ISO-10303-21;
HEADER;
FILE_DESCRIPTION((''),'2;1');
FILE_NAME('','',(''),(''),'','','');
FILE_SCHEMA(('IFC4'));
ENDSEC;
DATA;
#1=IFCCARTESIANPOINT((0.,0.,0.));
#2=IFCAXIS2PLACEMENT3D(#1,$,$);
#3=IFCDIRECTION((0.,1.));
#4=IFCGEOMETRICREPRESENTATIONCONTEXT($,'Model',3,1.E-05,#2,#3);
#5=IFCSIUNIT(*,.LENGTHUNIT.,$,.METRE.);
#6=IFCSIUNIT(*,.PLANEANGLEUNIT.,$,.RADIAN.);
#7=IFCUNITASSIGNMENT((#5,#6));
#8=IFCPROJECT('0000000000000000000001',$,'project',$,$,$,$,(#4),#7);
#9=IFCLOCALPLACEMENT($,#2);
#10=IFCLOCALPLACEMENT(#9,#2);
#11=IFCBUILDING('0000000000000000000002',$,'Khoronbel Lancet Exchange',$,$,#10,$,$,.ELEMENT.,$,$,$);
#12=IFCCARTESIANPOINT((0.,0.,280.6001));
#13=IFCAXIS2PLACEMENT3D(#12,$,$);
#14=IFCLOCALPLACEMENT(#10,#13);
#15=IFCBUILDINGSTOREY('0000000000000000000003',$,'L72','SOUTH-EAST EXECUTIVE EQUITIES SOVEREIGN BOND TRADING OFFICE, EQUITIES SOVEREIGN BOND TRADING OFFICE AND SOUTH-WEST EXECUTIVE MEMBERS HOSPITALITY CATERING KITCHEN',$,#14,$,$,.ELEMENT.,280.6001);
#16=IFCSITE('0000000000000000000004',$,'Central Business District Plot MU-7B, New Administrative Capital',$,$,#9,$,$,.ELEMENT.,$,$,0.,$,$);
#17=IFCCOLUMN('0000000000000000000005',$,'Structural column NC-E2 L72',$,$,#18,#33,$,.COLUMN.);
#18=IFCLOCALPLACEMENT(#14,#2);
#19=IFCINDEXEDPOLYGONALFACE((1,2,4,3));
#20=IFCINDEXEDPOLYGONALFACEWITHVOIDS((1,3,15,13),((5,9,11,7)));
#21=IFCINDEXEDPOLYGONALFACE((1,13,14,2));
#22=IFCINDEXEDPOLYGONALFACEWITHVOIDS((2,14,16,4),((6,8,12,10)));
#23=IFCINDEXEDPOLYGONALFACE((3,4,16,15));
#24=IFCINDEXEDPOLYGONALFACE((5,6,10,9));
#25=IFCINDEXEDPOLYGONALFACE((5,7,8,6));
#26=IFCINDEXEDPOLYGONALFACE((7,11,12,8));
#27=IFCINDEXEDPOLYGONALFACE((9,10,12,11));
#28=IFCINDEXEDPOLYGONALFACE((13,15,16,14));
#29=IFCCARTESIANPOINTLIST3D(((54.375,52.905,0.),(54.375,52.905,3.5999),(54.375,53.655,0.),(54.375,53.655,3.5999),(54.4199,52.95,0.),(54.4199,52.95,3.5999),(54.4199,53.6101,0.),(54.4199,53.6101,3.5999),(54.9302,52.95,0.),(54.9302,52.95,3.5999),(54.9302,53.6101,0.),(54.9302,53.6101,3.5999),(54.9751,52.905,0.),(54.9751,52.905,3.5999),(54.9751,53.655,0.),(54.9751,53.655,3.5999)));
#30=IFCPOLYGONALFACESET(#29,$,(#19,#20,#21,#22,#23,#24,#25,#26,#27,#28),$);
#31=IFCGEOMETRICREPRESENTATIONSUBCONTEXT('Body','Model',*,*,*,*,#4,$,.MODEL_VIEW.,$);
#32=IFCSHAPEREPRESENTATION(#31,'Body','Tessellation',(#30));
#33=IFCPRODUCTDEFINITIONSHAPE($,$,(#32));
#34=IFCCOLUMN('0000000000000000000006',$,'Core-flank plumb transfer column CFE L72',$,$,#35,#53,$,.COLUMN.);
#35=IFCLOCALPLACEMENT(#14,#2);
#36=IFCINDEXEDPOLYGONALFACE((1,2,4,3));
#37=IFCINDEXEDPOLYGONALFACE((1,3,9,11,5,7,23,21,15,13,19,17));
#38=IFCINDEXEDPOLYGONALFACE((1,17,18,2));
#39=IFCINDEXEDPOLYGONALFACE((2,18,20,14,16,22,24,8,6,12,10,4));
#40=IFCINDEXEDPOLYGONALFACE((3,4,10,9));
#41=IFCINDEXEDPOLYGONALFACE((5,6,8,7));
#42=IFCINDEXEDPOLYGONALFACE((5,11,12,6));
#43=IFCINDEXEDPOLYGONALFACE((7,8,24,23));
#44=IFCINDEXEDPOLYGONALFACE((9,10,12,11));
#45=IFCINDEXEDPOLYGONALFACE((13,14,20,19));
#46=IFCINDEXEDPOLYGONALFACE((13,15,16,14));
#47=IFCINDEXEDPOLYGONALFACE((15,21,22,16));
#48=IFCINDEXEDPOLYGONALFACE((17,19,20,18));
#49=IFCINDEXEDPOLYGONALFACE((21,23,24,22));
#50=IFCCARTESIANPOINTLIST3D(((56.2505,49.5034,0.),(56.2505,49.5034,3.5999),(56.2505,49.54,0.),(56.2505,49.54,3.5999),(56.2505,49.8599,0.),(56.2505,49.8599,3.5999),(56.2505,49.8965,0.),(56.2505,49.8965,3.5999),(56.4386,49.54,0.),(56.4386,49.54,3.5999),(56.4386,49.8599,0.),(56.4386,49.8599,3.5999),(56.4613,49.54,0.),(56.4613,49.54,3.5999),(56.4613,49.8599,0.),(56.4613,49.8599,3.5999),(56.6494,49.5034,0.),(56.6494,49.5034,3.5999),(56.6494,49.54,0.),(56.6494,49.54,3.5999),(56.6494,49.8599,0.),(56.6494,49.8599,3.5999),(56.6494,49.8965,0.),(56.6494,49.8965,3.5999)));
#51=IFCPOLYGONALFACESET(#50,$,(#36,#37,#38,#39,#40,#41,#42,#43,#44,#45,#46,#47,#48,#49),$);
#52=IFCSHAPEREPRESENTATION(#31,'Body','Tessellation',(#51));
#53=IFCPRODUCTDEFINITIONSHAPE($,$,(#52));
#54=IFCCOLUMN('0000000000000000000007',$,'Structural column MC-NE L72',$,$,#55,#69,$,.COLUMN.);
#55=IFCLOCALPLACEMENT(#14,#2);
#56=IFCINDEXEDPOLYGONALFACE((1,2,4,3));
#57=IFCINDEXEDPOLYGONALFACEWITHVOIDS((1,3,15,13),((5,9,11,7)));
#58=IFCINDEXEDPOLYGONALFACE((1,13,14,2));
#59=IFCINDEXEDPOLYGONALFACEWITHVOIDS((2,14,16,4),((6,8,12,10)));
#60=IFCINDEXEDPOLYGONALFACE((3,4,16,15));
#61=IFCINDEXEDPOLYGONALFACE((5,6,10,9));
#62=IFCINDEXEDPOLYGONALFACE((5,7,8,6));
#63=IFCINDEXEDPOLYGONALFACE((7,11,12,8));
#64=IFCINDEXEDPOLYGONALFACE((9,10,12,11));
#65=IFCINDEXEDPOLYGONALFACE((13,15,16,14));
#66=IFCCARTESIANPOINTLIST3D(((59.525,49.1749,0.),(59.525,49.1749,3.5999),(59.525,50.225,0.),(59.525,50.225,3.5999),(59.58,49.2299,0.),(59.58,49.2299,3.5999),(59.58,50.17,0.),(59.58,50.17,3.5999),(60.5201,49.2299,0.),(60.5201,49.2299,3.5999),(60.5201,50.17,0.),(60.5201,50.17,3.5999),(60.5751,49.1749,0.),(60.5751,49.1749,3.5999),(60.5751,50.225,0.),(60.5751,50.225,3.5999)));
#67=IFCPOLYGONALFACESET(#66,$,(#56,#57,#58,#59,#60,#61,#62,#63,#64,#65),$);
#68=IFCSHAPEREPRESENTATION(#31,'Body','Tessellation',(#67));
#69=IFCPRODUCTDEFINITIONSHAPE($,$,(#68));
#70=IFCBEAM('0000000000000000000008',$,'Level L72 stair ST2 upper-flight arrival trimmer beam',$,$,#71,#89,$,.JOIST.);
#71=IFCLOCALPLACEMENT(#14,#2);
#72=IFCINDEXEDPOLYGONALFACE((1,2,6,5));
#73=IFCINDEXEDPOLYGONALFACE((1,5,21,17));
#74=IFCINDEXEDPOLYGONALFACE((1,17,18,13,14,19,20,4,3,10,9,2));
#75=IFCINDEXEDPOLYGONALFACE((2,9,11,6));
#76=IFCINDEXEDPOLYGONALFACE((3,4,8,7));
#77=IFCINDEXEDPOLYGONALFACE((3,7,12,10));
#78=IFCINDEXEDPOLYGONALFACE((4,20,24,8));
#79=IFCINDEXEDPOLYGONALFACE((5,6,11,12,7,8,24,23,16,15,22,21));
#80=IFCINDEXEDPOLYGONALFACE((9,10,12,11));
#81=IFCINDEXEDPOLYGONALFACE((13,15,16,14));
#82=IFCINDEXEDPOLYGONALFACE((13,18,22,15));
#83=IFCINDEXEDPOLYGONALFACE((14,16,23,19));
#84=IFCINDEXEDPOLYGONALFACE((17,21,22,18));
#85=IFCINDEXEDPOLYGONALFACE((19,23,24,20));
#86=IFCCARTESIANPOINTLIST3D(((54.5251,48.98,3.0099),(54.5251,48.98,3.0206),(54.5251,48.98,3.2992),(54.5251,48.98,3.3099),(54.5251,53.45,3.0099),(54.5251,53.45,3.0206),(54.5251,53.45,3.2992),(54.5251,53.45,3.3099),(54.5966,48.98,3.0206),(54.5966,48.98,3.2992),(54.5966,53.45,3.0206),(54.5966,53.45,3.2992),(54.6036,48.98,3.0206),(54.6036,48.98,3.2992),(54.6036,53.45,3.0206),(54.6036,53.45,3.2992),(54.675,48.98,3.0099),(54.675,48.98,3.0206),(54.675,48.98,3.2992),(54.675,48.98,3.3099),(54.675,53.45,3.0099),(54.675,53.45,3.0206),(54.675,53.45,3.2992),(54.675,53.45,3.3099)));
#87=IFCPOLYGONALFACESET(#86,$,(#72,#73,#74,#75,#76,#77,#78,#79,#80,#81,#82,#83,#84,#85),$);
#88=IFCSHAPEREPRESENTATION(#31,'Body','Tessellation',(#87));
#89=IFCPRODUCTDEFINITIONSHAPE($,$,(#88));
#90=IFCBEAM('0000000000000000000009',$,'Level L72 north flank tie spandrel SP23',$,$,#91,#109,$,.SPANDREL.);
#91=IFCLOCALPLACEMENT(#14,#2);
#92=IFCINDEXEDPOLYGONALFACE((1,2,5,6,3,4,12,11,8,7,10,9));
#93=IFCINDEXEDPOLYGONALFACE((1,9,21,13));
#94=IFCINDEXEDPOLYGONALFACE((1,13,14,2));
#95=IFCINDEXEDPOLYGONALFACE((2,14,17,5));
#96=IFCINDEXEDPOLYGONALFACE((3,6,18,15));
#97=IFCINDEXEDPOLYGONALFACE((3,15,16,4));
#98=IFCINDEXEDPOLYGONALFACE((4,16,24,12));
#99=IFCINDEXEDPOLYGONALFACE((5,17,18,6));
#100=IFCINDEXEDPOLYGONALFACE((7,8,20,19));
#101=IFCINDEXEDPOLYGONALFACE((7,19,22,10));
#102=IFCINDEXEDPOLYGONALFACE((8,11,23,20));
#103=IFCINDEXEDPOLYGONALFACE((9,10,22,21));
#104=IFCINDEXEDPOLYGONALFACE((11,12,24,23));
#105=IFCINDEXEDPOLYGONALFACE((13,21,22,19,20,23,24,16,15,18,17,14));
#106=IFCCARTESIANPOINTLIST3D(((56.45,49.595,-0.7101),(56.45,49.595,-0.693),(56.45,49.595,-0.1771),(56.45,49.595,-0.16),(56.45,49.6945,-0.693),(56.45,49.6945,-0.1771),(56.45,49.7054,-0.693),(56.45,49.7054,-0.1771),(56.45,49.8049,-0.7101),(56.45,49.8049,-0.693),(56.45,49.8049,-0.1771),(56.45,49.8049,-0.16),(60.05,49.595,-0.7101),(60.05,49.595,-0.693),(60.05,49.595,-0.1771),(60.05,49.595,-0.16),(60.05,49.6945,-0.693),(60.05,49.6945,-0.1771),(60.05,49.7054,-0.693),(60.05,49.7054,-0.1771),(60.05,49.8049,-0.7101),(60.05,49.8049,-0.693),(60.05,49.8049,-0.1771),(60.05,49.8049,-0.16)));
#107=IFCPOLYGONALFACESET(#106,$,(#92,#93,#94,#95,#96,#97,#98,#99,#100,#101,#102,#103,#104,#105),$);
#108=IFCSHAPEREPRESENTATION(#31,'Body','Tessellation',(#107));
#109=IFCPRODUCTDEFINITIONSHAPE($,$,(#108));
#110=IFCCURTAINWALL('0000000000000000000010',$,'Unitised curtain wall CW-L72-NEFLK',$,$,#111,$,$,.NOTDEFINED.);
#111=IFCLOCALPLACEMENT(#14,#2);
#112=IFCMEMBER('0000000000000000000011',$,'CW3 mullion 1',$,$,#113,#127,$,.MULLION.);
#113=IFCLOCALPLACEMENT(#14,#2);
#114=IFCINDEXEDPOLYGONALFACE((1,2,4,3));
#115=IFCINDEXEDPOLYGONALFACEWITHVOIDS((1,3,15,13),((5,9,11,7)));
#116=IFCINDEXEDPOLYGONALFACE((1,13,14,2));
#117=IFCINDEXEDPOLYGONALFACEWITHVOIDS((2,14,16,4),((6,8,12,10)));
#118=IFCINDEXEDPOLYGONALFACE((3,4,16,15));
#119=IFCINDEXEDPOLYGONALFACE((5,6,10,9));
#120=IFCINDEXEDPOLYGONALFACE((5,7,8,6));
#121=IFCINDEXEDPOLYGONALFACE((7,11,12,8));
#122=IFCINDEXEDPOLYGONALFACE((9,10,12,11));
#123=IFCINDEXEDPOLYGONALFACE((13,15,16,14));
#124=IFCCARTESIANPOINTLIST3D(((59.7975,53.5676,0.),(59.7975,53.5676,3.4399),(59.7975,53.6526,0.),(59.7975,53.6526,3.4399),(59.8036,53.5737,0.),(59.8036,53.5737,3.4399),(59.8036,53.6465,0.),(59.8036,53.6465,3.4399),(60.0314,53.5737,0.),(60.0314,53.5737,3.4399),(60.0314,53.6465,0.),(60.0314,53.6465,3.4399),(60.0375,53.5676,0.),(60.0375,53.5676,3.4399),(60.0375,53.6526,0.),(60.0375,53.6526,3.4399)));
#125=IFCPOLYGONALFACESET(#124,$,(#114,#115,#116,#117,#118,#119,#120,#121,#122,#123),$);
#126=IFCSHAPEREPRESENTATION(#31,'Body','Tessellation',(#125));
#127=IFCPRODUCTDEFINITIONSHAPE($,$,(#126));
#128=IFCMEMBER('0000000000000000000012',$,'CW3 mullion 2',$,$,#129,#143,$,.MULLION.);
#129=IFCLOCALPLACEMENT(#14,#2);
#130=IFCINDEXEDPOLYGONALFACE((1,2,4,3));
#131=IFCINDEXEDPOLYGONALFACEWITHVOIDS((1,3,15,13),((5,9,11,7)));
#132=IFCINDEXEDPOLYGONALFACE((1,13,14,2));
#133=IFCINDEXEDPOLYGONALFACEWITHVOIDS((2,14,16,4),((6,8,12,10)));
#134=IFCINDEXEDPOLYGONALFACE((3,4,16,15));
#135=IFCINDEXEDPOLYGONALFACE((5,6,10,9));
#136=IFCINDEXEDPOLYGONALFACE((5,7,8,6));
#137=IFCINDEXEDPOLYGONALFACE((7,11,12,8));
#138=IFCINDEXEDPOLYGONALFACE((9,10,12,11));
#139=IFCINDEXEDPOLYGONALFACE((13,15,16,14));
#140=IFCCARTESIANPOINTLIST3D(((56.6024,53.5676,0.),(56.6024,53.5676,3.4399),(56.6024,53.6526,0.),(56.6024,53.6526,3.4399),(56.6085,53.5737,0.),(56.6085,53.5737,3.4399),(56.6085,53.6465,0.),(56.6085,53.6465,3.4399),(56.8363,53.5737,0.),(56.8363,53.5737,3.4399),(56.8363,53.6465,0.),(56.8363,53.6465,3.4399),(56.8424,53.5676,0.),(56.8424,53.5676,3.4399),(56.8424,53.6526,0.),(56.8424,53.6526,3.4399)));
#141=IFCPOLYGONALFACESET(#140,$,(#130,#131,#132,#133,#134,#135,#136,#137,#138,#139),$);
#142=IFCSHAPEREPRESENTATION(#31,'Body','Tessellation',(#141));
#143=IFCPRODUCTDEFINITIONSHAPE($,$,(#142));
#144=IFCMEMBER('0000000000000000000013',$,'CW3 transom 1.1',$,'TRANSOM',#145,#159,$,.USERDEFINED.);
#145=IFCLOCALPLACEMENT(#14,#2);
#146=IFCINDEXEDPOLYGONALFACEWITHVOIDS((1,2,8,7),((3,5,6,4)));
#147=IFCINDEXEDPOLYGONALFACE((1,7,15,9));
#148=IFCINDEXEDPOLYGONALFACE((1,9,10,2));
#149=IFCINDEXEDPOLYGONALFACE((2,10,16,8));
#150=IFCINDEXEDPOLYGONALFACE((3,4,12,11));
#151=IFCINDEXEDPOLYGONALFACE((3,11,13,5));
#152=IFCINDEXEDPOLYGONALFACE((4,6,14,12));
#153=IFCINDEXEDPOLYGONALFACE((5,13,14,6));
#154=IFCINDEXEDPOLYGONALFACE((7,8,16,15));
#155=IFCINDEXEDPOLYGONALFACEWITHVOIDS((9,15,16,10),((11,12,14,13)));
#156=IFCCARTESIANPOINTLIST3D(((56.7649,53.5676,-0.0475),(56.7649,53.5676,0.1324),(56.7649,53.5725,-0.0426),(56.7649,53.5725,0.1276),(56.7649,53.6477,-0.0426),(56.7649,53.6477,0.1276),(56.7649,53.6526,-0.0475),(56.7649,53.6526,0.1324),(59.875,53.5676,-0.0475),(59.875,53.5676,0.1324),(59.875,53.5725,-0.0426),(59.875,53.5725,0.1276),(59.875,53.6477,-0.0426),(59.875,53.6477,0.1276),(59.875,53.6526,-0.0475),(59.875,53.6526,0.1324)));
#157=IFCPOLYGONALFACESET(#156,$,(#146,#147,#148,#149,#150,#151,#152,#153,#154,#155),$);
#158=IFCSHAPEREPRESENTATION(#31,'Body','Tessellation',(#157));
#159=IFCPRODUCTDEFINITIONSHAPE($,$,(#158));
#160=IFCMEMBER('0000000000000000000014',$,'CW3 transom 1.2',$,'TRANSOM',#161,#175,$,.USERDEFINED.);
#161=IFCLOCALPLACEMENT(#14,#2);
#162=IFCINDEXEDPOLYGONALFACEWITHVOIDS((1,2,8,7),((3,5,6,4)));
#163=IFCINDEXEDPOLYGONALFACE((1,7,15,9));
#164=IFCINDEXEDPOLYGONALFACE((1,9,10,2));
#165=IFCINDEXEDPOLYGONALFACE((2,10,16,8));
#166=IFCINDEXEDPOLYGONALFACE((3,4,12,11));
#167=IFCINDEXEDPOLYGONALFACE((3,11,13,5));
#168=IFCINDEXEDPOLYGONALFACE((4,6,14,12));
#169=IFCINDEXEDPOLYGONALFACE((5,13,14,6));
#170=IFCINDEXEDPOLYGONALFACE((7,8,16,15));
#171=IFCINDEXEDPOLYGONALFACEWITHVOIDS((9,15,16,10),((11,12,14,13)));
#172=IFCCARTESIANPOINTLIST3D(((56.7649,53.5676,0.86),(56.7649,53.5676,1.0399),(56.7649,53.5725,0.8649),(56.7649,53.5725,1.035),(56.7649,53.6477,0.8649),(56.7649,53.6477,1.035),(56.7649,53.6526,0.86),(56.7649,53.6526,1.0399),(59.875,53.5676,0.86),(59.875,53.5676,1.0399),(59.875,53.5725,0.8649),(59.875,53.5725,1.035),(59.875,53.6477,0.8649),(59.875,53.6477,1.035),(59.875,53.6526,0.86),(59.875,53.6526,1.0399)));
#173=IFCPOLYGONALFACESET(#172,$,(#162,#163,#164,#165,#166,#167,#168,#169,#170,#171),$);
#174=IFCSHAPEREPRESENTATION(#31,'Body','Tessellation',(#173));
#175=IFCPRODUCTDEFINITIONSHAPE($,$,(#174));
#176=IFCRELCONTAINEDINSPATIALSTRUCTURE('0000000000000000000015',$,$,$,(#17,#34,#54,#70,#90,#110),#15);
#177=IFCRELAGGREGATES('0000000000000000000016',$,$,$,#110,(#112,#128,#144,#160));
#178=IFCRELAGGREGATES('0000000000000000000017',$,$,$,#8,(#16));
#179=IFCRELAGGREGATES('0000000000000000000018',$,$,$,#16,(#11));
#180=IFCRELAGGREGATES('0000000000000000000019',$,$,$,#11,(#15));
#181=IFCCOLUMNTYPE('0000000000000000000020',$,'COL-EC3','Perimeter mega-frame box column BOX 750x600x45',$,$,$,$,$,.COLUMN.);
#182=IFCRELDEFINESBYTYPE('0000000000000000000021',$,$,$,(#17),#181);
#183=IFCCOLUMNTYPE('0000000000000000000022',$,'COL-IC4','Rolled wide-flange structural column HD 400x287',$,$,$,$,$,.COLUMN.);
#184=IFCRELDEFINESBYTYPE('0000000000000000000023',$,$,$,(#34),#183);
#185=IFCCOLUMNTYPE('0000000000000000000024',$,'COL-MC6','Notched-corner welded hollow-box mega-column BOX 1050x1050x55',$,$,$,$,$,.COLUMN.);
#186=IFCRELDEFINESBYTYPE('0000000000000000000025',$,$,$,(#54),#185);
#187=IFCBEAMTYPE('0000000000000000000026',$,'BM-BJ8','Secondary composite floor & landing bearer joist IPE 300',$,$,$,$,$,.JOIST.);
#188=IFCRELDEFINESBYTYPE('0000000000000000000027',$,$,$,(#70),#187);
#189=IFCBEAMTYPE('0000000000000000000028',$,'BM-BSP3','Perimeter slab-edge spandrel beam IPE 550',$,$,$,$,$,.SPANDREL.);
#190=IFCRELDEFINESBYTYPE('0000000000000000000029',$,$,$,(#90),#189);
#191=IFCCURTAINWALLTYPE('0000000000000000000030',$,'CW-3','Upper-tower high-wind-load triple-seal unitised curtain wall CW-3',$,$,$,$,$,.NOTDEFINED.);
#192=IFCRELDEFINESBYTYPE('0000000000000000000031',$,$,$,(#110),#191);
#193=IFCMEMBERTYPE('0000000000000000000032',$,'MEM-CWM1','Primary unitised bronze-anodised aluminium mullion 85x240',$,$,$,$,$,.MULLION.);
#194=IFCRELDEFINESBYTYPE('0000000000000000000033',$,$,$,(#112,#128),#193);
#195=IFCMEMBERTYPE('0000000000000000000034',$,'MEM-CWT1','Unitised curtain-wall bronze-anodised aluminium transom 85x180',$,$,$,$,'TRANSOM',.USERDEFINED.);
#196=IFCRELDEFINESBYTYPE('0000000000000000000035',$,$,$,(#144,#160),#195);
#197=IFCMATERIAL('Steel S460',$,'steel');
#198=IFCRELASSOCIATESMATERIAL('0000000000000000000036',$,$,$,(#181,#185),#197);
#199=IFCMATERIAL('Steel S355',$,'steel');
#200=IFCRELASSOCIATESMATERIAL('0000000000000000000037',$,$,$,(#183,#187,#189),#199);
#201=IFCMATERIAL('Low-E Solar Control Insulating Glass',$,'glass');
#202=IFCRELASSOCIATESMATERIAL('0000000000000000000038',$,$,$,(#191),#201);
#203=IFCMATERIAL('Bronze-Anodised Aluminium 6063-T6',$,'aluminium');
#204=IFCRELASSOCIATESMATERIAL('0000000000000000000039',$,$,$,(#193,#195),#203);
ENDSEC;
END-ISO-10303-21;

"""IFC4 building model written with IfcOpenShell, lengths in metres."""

from ifc_helpers import new_model, si_unit, direction, frame, origin, origin_2d, place, context, subcontext, project, spatial, hollow_rectangle, i_section, extrude, material, material_profile, profile_set, type_object, element, aggregate, save


model = new_model("IFC4")

# Units and contexts
model_context = context("Model", 3, precision=1e-05, world=origin(), true_north=direction((0.0, 1.0)))
body_context = subcontext(model_context, "Body", "Model", "MODEL_VIEW")
ifc_project = project(units=[si_unit("LENGTHUNIT", "METRE"), si_unit("PLANEANGLEUNIT", "RADIAN")], contexts=[model_context])

# Site, building, storey
site_placement = place(None, origin())
site = spatial("IfcSite", under=ifc_project, at=site_placement, Name="Central Business District Plot MU-7B, New Administrative Capital", CompositionType="ELEMENT", RefElevation=0.0)
building_placement = place(site_placement, origin())
building = spatial("IfcBuilding", under=site, at=building_placement, Name="Khoronbel Lancet Exchange", CompositionType="ELEMENT")
storey_placement = place(building_placement, frame((0.0, 0.0, 280.6001)))
storey = spatial("IfcBuildingStorey", under=building, at=storey_placement, Name="L72", Description="SOUTH-EAST EXECUTIVE EQUITIES SOVEREIGN BOND TRADING OFFICE, EQUITIES SOVEREIGN BOND TRADING OFFICE AND SOUTH-WEST EXECUTIVE MEMBERS HOSPITALITY CATERING KITCHEN", CompositionType="ELEMENT", Elevation=280.6001)

# Columns
ifc_material_1 = material(Name="Steel S460", Category="steel")
ifc_material_profile_1 = material_profile(ifc_material_1, hollow_rectangle(XDim=0.6001, YDim=0.75, WallThickness=0.0449, at=origin_2d()), Name="BOX 750x600x45")
ifc_profile_set_1 = profile_set([ifc_material_profile_1], Name="Steel S460")
column_type_1 = type_object("IfcColumnType", Name="COL-EC3", Description="Perimeter mega-frame box column BOX 750x600x45", PredefinedType="COLUMN", material=ifc_profile_set_1)
column_1_placement = place(storey_placement, frame((54.675, 53.28, 0.0), z_axis=(0.0, 0.0, 1.0), x_axis=(1.0, 0.0, 0.0)))
element("IfcColumn", 1, at=column_1_placement, inside=storey, type_object=column_type_1, Name="Structural column NC-E2 L72", PredefinedType="COLUMN", context=body_context, shape_type="SweptSolid", body=[
    extrude(hollow_rectangle(XDim=0.6001, YDim=0.75, WallThickness=0.0449, at=origin_2d()), origin(), (0.0, 0.0, 1.0), 3.5999),
])
ifc_material_2 = material(Name="Steel S355", Category="steel")
ifc_material_profile_2 = material_profile(ifc_material_2, i_section(OverallWidth=0.3989, OverallDepth=0.3931, WebThickness=0.0227, FlangeThickness=0.0366, at=origin_2d()), Name="HD 400x287")
ifc_profile_set_2 = profile_set([ifc_material_profile_2], Name="Steel S355")
column_type_2 = type_object("IfcColumnType", Name="COL-IC4", Description="Rolled wide-flange structural column HD 400x287", PredefinedType="COLUMN", material=ifc_profile_set_2)
column_2_placement = place(storey_placement, frame((56.45, 49.7, 0.0), z_axis=(0.0, 0.0, 1.0), x_axis=(1.0, 0.0, 0.0)))
element("IfcColumn", 2, at=column_2_placement, inside=storey, type_object=column_type_2, Name="Core-flank plumb transfer column CFE L72", PredefinedType="COLUMN", context=body_context, shape_type="SweptSolid", body=[
    extrude(i_section(OverallWidth=0.3989, OverallDepth=0.3931, WebThickness=0.0227, FlangeThickness=0.0366, at=origin_2d()), origin(), (0.0, 0.0, 1.0), 3.5999),
])
ifc_material_profile_3 = material_profile(ifc_material_1, hollow_rectangle(XDim=1.05, YDim=1.05, WallThickness=0.0549, at=origin_2d()), Name="BOX 1050x1050x55")
ifc_profile_set_3 = profile_set([ifc_material_profile_3], Name="Steel S460")
column_type_3 = type_object("IfcColumnType", Name="COL-MC6", Description="Notched-corner welded hollow-box mega-column BOX 1050x1050x55", PredefinedType="COLUMN", material=ifc_profile_set_3)
column_3_placement = place(storey_placement, frame((60.05, 49.7, 0.0), z_axis=(0.0, 0.0, 1.0), x_axis=(1.0, 0.0, 0.0)))
element("IfcColumn", 3, at=column_3_placement, inside=storey, type_object=column_type_3, Name="Structural column MC-NE L72", PredefinedType="COLUMN", context=body_context, shape_type="SweptSolid", body=[
    extrude(hollow_rectangle(XDim=1.05, YDim=1.05, WallThickness=0.0549, at=origin_2d()), origin(), (0.0, 0.0, 1.0), 3.5999),
])

# Beams
ifc_material_profile_4 = material_profile(ifc_material_2, i_section(OverallWidth=0.1499, OverallDepth=0.3, WebThickness=0.0071, FlangeThickness=0.0107, at=origin_2d()), Name="IPE 300")
ifc_profile_set_4 = profile_set([ifc_material_profile_4], Name="Steel S355")
beam_type_1 = type_object("IfcBeamType", Name="BM-BJ8", Description="Secondary composite floor & landing bearer joist IPE 300", PredefinedType="JOIST", material=ifc_profile_set_4)
beam_1_placement = place(storey_placement, frame((54.6001, 48.98, 3.1599), z_axis=(0.0, 1.0, 0.0), x_axis=(-1.0, 0.0, 0.0)))
element("IfcBeam", 4, at=beam_1_placement, inside=storey, type_object=beam_type_1, Name="Level L72 stair ST2 upper-flight arrival trimmer beam", PredefinedType="JOIST", context=body_context, shape_type="SweptSolid", body=[
    extrude(i_section(OverallWidth=0.1499, OverallDepth=0.3, WebThickness=0.0071, FlangeThickness=0.0107, at=origin_2d()), origin(), (0.0, 0.0, 1.0), 4.47),
])
ifc_material_profile_5 = material_profile(ifc_material_2, i_section(OverallWidth=0.21, OverallDepth=0.55, WebThickness=0.011, FlangeThickness=0.0171, at=origin_2d()), Name="IPE 550")
ifc_profile_set_5 = profile_set([ifc_material_profile_5], Name="Steel S355")
beam_type_2 = type_object("IfcBeamType", Name="BM-BSP3", Description="Perimeter slab-edge spandrel beam IPE 550", PredefinedType="SPANDREL", material=ifc_profile_set_5)
beam_2_placement = place(storey_placement, frame((60.05, 49.7, -0.4351), z_axis=(-1.0, 0.0, 0.0), x_axis=(0.0, -1.0, 0.0)))
element("IfcBeam", 5, at=beam_2_placement, inside=storey, type_object=beam_type_2, Name="Level L72 north flank tie spandrel SP23", PredefinedType="SPANDREL", context=body_context, shape_type="SweptSolid", body=[
    extrude(i_section(OverallWidth=0.21, OverallDepth=0.55, WebThickness=0.011, FlangeThickness=0.0171, at=origin_2d()), origin(), (0.0, 0.0, 1.0), 3.6001),
])

# Curtain wall, members
ifc_material_3 = material(Name="Low-E Solar Control Insulating Glass", Category="glass")
curtain_wall_type = type_object("IfcCurtainWallType", Name="CW-3", Description="Upper-tower high-wind-load triple-seal unitised curtain wall CW-3", PredefinedType="NOTDEFINED", material=ifc_material_3)
curtain_wall_placement = place(storey_placement, origin())
curtain_wall = element("IfcCurtainWall", 6, at=curtain_wall_placement, inside=storey, type_object=curtain_wall_type, Name="Unitised curtain wall CW-L72-NEFLK", PredefinedType="NOTDEFINED")
ifc_material_4 = material(Name="Bronze-Anodised Aluminium 6063-T6", Category="aluminium")
ifc_material_profile_6 = material_profile(ifc_material_4, hollow_rectangle(XDim=0.085, YDim=0.24, WallThickness=0.0061, at=origin_2d()), Name="ALU MULLION 85x240")
ifc_profile_set_6 = profile_set([ifc_material_profile_6], Name="Bronze-Anodised Aluminium 6063-T6")
member_type_1 = type_object("IfcMemberType", Name="MEM-CWM1", Description="Primary unitised bronze-anodised aluminium mullion 85x240", PredefinedType="MULLION", material=ifc_profile_set_6)
member_1_placement = place(storey_placement, frame((59.9175, 53.6101, 0.0), z_axis=(0.0, 0.0, 1.0), x_axis=(0.0, -1.0, 0.0)))
member_1 = element("IfcMember", 7, at=member_1_placement, type_object=member_type_1, Name="CW3 mullion 1", PredefinedType="MULLION", context=body_context, shape_type="SweptSolid", body=[
    extrude(hollow_rectangle(XDim=0.085, YDim=0.24, WallThickness=0.0061, at=origin_2d()), origin(), (0.0, 0.0, 1.0), 3.4399),
])
member_2_placement = place(storey_placement, frame((56.7224, 53.6101, 0.0), z_axis=(0.0, 0.0, 1.0), x_axis=(0.0, -1.0, 0.0)))
member_2 = element("IfcMember", 8, at=member_2_placement, type_object=member_type_1, Name="CW3 mullion 2", PredefinedType="MULLION", context=body_context, shape_type="SweptSolid", body=[
    extrude(hollow_rectangle(XDim=0.085, YDim=0.24, WallThickness=0.0061, at=origin_2d()), origin(), (0.0, 0.0, 1.0), 3.4399),
])
ifc_material_profile_7 = material_profile(ifc_material_4, hollow_rectangle(XDim=0.085, YDim=0.1799, WallThickness=0.0049, at=origin_2d()), Name="ALU TRANSOM 85x180")
ifc_profile_set_7 = profile_set([ifc_material_profile_7], Name="Bronze-Anodised Aluminium 6063-T6")
member_type_2 = type_object("IfcMemberType", Name="MEM-CWT1", Description="Unitised curtain-wall bronze-anodised aluminium transom 85x180", ElementType="TRANSOM", PredefinedType="USERDEFINED", material=ifc_profile_set_7)
member_3_placement = place(storey_placement, frame((59.875, 53.6101, 0.0425), z_axis=(-1.0, 0.0, 0.0), x_axis=(0.0, -1.0, 0.0)))
member_3 = element("IfcMember", 9, at=member_3_placement, type_object=member_type_2, Name="CW3 transom 1.1", ObjectType="TRANSOM", PredefinedType="USERDEFINED", context=body_context, shape_type="SweptSolid", body=[
    extrude(hollow_rectangle(XDim=0.085, YDim=0.1799, WallThickness=0.0049, at=origin_2d()), origin(), (0.0, 0.0, 1.0), 3.1101),
])
member_4_placement = place(storey_placement, frame((59.875, 53.6101, 0.95), z_axis=(-1.0, 0.0, 0.0), x_axis=(0.0, -1.0, 0.0)))
member_4 = element("IfcMember", 10, at=member_4_placement, type_object=member_type_2, Name="CW3 transom 1.2", ObjectType="TRANSOM", PredefinedType="USERDEFINED", context=body_context, shape_type="SweptSolid", body=[
    extrude(hollow_rectangle(XDim=0.085, YDim=0.1799, WallThickness=0.0049, at=origin_2d()), origin(), (0.0, 0.0, 1.0), 3.1101),
])
aggregate(curtain_wall, [member_1, member_2, member_3, member_4])

save(model, "model.ifc")
